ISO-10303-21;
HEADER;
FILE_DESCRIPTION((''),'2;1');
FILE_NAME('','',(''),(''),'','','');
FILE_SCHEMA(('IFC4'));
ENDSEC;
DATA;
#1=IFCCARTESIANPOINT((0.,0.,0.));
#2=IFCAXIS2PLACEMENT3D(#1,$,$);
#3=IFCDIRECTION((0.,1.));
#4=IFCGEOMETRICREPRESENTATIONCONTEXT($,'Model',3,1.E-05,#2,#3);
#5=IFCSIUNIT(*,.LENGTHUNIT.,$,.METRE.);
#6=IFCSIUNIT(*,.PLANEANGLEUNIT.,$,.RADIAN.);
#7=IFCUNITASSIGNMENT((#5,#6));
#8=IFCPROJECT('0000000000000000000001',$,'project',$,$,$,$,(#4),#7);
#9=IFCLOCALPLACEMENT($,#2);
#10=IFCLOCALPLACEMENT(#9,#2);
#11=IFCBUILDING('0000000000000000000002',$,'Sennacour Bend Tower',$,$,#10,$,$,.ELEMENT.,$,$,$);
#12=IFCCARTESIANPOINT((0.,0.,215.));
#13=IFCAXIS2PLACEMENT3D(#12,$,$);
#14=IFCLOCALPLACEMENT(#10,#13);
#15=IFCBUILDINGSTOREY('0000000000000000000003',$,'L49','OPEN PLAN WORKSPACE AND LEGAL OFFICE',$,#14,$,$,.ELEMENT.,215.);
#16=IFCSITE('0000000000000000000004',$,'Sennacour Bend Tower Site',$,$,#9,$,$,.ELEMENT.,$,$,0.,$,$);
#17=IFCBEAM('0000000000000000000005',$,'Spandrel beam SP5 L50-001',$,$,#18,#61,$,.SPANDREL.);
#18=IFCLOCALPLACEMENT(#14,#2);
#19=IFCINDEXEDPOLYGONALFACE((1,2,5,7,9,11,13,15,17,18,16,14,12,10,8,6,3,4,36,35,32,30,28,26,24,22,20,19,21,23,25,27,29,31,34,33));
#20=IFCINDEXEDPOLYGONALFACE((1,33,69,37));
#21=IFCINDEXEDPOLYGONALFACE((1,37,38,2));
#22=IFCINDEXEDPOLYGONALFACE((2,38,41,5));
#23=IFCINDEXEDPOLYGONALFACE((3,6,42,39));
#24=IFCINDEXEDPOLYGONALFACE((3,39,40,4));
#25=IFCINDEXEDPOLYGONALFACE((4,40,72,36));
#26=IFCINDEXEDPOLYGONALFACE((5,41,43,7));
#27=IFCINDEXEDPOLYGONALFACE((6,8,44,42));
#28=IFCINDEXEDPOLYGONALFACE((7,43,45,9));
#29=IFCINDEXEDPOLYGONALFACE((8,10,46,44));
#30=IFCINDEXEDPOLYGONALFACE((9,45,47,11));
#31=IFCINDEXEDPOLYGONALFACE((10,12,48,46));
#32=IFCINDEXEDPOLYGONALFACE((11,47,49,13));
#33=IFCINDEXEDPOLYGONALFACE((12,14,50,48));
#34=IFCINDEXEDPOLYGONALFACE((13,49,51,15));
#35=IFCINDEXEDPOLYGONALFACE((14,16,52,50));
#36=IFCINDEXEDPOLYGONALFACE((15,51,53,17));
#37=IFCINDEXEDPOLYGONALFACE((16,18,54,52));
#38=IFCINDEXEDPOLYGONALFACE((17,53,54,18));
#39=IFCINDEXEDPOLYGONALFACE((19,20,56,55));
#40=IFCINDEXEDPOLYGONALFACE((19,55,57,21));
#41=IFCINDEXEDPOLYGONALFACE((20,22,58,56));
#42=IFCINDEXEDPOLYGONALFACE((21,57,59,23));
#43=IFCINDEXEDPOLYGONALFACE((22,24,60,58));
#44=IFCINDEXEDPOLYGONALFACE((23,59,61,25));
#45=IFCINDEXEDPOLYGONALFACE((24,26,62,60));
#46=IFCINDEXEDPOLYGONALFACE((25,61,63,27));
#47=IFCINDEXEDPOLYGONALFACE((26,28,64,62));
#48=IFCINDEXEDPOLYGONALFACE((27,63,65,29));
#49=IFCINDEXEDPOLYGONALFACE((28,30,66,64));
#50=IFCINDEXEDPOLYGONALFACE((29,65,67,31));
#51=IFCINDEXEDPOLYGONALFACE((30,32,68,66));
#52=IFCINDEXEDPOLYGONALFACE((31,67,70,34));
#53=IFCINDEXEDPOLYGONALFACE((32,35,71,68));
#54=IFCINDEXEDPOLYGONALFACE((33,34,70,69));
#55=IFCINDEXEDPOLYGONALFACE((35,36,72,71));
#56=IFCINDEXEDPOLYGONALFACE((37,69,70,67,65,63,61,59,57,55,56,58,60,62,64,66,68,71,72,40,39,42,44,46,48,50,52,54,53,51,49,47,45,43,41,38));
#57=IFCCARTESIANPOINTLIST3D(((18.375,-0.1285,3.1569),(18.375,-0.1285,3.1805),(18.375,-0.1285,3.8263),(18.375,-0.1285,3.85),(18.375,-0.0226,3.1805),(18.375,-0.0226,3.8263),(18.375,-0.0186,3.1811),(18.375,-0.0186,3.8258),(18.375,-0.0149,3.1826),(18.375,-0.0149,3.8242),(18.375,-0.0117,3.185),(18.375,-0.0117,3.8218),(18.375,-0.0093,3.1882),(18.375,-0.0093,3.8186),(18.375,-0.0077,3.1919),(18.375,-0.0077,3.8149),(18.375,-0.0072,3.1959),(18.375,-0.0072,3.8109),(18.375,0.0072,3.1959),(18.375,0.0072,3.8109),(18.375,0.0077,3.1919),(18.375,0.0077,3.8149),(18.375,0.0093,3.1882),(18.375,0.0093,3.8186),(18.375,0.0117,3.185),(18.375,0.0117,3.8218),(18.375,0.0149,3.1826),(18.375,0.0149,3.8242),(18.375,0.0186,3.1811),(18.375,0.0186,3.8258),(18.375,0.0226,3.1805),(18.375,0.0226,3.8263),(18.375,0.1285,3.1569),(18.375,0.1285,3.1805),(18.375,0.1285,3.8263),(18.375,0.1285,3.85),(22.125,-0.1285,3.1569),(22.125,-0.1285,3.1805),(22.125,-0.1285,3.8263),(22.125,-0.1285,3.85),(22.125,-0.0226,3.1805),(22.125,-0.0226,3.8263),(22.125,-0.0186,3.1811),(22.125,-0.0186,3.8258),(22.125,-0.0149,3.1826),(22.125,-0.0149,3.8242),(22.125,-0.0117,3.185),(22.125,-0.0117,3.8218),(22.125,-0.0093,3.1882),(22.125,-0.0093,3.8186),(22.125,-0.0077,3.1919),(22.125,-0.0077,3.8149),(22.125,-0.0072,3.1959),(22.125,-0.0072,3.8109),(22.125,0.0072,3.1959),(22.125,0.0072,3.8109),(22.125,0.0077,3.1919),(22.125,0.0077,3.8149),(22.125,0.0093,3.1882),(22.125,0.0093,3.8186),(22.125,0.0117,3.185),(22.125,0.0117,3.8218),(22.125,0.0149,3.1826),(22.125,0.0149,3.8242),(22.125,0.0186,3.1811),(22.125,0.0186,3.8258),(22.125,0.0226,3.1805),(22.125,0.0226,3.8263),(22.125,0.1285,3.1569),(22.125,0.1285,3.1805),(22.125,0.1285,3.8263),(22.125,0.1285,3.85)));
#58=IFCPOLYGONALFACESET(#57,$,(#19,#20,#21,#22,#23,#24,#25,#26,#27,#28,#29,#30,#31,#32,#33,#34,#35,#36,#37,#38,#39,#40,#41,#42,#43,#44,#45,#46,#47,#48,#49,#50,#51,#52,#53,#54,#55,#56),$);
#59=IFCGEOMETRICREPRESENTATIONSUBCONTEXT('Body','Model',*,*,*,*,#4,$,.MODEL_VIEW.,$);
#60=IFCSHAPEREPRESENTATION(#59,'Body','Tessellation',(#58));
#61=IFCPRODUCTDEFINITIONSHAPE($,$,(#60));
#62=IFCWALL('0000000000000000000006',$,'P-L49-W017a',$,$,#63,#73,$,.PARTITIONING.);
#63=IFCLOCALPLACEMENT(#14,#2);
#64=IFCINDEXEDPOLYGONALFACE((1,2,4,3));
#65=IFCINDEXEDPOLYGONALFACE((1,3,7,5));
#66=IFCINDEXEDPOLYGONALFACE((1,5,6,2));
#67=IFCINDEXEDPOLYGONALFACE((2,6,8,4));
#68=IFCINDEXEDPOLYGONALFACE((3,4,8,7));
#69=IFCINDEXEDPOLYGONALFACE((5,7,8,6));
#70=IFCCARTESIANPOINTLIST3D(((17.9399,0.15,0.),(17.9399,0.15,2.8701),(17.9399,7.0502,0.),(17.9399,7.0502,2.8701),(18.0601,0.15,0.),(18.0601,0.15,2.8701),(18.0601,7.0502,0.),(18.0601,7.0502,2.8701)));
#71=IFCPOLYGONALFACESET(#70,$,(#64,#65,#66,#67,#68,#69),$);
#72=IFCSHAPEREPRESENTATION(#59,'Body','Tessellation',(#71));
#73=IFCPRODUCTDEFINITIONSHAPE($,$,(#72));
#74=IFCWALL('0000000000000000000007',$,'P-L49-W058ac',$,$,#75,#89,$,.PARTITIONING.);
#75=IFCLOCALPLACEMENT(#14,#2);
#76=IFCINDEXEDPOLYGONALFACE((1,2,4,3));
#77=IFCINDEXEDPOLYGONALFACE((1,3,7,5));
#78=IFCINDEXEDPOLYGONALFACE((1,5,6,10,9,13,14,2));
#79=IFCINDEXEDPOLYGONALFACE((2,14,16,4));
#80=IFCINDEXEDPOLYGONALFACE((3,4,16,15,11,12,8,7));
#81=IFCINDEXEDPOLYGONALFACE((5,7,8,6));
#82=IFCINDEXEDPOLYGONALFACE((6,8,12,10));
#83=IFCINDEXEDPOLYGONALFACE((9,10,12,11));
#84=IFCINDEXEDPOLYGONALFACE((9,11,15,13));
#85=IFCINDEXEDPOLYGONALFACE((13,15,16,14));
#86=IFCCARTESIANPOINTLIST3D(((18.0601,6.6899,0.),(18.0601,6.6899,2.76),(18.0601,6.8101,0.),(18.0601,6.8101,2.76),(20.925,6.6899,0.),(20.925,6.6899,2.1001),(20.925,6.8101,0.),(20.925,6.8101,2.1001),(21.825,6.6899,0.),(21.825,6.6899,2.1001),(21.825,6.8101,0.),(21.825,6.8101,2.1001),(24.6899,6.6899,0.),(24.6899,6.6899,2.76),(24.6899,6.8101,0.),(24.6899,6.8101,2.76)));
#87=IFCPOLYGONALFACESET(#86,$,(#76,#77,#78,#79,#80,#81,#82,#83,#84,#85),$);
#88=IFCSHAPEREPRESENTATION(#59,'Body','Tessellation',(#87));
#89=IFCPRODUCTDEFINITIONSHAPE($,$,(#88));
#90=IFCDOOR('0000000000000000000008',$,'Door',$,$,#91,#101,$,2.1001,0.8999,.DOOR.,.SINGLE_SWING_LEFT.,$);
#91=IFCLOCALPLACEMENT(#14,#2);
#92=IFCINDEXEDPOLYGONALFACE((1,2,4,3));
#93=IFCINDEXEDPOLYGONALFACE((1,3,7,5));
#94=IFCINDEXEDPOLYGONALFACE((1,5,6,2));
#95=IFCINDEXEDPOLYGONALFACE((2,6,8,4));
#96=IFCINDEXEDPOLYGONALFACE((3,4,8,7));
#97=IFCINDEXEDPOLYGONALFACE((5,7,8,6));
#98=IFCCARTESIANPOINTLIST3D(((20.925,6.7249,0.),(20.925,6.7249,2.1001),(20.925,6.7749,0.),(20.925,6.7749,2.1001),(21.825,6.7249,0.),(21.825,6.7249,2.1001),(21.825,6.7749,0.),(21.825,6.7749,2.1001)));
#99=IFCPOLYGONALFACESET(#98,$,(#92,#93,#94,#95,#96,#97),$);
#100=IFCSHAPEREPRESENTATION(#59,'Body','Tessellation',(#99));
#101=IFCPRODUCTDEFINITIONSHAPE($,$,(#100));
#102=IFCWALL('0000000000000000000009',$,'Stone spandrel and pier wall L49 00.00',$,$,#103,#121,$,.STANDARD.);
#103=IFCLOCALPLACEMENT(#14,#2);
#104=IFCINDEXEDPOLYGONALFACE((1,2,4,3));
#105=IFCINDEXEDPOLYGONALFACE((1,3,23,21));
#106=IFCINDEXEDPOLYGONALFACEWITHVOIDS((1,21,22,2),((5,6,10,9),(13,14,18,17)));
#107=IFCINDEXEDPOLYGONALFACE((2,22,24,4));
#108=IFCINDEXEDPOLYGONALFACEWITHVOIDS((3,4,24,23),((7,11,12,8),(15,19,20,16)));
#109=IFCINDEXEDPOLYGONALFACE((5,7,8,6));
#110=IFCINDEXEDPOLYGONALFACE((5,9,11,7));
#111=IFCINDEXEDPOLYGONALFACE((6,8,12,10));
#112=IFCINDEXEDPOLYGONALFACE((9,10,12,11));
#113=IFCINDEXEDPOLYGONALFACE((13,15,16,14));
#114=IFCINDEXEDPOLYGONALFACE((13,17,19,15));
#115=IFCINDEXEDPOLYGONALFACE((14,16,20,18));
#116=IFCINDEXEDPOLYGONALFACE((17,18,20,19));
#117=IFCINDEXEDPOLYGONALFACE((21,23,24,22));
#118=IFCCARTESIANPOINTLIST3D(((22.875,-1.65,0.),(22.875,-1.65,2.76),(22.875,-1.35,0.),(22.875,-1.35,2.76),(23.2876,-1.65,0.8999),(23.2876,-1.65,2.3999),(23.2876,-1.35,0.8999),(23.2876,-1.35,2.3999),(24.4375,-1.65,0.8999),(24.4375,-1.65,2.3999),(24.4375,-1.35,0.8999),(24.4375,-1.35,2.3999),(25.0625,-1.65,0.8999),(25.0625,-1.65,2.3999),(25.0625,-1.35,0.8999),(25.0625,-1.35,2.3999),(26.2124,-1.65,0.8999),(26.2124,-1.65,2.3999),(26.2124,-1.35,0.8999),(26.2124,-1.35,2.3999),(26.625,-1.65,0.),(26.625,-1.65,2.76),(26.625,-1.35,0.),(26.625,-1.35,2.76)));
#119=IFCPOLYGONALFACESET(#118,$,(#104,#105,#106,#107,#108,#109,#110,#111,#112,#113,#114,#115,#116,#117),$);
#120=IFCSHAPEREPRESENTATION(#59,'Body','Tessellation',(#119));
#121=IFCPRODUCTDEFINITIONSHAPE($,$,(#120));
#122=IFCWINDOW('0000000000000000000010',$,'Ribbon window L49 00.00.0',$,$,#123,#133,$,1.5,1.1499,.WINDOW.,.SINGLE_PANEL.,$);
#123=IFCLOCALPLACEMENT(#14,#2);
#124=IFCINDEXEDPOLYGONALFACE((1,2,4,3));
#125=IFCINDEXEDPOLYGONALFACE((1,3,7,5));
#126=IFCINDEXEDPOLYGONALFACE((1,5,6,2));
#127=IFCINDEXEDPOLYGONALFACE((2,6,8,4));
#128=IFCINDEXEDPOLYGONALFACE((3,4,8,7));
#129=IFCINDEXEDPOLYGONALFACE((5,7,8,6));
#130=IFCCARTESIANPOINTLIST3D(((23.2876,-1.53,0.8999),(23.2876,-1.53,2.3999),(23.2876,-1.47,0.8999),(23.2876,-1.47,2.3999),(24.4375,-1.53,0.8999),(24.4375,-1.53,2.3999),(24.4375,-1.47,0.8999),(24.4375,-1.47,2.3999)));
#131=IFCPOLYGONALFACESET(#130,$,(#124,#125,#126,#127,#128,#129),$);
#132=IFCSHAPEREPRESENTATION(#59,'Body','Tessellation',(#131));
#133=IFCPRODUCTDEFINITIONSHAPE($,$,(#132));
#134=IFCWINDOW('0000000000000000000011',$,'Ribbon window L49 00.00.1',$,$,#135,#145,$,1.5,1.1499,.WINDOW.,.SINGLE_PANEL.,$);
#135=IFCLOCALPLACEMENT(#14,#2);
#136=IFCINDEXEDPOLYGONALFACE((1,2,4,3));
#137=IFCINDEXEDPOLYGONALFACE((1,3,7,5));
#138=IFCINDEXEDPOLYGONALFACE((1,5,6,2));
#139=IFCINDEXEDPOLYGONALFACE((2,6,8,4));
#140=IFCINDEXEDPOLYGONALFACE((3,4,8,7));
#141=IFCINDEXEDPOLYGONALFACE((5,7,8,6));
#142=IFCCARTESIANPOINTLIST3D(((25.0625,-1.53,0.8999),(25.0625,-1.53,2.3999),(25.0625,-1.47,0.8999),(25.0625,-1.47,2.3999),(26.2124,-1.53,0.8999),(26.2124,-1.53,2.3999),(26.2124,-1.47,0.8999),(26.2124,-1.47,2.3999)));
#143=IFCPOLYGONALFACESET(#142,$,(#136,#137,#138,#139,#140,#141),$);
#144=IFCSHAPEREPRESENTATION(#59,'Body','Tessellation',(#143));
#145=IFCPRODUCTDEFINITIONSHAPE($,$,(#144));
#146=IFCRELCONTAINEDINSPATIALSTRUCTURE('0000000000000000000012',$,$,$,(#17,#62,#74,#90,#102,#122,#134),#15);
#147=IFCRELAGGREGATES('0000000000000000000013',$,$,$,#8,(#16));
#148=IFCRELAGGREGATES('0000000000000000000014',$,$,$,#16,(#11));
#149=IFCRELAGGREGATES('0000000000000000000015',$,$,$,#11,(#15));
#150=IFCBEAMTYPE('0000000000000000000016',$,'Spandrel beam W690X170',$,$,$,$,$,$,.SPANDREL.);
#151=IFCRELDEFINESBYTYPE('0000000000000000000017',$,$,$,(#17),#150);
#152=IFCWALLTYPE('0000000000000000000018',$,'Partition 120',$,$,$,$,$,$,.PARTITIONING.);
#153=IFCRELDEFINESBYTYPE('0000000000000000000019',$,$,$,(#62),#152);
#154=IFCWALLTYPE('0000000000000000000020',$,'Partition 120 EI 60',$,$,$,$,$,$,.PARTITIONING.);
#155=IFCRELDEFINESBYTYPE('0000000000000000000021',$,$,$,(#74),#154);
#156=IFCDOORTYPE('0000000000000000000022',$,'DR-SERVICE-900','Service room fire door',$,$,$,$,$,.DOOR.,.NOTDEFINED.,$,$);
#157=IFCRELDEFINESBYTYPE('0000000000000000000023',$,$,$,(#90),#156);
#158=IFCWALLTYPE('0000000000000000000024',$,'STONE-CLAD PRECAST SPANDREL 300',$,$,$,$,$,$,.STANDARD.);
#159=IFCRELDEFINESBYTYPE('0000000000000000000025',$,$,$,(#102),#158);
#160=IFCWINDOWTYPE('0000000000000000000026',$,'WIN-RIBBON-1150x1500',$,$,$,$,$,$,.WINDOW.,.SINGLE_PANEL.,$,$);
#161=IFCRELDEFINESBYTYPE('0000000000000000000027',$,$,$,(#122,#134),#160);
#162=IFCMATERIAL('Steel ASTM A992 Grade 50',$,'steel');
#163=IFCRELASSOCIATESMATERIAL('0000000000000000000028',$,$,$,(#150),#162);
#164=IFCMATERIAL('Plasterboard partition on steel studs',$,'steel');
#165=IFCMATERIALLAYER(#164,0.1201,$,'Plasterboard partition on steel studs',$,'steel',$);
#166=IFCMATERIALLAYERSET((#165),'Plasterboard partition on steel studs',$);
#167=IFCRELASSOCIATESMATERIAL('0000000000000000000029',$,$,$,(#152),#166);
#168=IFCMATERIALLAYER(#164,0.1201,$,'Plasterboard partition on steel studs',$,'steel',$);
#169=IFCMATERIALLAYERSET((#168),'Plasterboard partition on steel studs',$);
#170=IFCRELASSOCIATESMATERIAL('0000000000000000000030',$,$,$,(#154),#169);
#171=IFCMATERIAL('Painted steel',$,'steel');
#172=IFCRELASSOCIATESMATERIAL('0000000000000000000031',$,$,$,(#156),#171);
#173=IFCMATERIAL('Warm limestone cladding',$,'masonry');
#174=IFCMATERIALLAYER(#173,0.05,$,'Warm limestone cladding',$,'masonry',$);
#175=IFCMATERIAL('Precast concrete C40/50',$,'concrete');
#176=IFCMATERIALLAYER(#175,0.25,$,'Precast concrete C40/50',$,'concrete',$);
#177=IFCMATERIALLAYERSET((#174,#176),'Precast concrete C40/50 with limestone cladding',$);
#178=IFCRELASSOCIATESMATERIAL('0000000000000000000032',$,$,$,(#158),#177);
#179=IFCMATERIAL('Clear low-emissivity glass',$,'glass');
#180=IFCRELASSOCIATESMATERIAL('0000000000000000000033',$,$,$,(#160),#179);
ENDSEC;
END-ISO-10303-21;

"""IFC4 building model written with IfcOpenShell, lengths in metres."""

from ifc_helpers import new_model, si_unit, direction, frame, frame_2d, origin, origin_2d, place, context, subcontext, project, spatial, rectangle, i_section, extrude, material, layer, layer_set, material_profile, profile_set, type_object, element, fill, save


model = new_model("IFC4")

# Units and contexts
model_context = context("Model", 3, precision=1e-05, world=origin(), true_north=direction((0.0, 1.0)))
body_context = subcontext(model_context, "Body", "Model", "MODEL_VIEW")
ifc_project = project(units=[si_unit("LENGTHUNIT", "METRE"), si_unit("PLANEANGLEUNIT", "RADIAN")], contexts=[model_context])

# Site, building, storey
site_placement = place(None, origin())
site = spatial("IfcSite", under=ifc_project, at=site_placement, Name="Sennacour Bend Tower Site", CompositionType="ELEMENT", RefElevation=0.0)
building_placement = place(site_placement, origin())
building = spatial("IfcBuilding", under=site, at=building_placement, Name="Sennacour Bend Tower", CompositionType="ELEMENT")
storey_placement = place(building_placement, frame((0.0, 0.0, 215.0)))
storey = spatial("IfcBuildingStorey", under=building, at=storey_placement, Name="L49", Description="OPEN PLAN WORKSPACE AND LEGAL OFFICE", CompositionType="ELEMENT", Elevation=215.0)

# Beam
ifc_material_1 = material(Name="Steel ASTM A992 Grade 50", Category="steel")
ifc_material_profile_1 = material_profile(ifc_material_1, i_section(OverallWidth=0.2571, OverallDepth=0.6931, WebThickness=0.0144, FlangeThickness=0.0237, FilletRadius=0.0154, at=origin_2d()), Name="Steel ASTM A992 Grade 50", Category="steel")
ifc_profile_set_1 = profile_set([ifc_material_profile_1], Name="Steel ASTM A992 Grade 50")
beam_type_1 = type_object("IfcBeamType", Name="Spandrel beam W690X170", PredefinedType="SPANDREL", material=ifc_profile_set_1)
beam_1_placement = place(storey_placement, frame((22.125, 0.0, 3.5034), z_axis=(-1.0, 0.0, 0.0), x_axis=(0.0, -1.0, 0.0)))
element("IfcBeam", 1, at=beam_1_placement, inside=storey, type_object=beam_type_1, Name="Spandrel beam SP5 L50-001", PredefinedType="SPANDREL", context=body_context, shape_type="SweptSolid", body=[
    extrude(i_section(OverallWidth=0.2571, OverallDepth=0.6931, WebThickness=0.0144, FlangeThickness=0.0237, FilletRadius=0.0154, at=origin_2d()), origin(), (0.0, 0.0, 1.0), 3.75),
])

# Wall
ifc_material_2 = material(Name="Plasterboard partition on steel studs", Category="steel")
ifc_layer_1 = layer(ifc_material_2, 0.1201, Name="Plasterboard partition on steel studs", Category="steel")
ifc_layer_set_1 = layer_set([ifc_layer_1], Name="Plasterboard partition on steel studs")
wall_type_1 = type_object("IfcWallType", Name="Partition 120", PredefinedType="PARTITIONING", material=ifc_layer_set_1)
wall_1_placement = place(storey_placement, frame((18.0, 0.1499, 0.0), z_axis=(0.0, 0.0, 1.0), x_axis=(0.0, 1.0, 0.0)))
element("IfcWall", 2, at=wall_1_placement, inside=storey, type_object=wall_type_1, Name="P-L49-W017a", PredefinedType="PARTITIONING", context=body_context, shape_type="SweptSolid", body=[
    extrude(rectangle(XDim=6.9001, YDim=0.1201, at=frame_2d((3.4502, 0.0))), origin(), (0.0, 0.0, 1.0), 2.8701),
])

# Wall, opening, door
ifc_layer_2 = layer(ifc_material_2, 0.1201, Name="Plasterboard partition on steel studs", Category="steel")
ifc_layer_set_2 = layer_set([ifc_layer_2], Name="Plasterboard partition on steel studs")
wall_type_2 = type_object("IfcWallType", Name="Partition 120 EI 60", PredefinedType="PARTITIONING", material=ifc_layer_set_2)
wall_2_placement = place(storey_placement, frame((18.0601, 6.75, 0.0), z_axis=(0.0, 0.0, 1.0), x_axis=(1.0, 0.0, 0.0)))
wall_2 = element("IfcWall", 3, at=wall_2_placement, inside=storey, type_object=wall_type_2, Name="P-L49-W058ac", PredefinedType="PARTITIONING", context=body_context, shape_type="SweptSolid", body=[
    extrude(rectangle(XDim=6.6299, YDim=0.1201, at=frame_2d((3.3149, 0.0))), origin(), (0.0, 0.0, 1.0), 2.76),
])
opening_1_placement = place(wall_2_placement, frame((2.865, 0.0, 0.0)))
opening_1 = element("IfcOpeningElement", 4, at=opening_1_placement, cuts=wall_2, PredefinedType="OPENING", context=body_context, shape_type="SweptSolid", body=[
    extrude(rectangle(XDim=0.8999, YDim=2.1001, at=frame_2d((0.45, 1.05))), frame((0.0, 0.0701, 0.0), z_axis=(0.0, -1.0, 0.0), x_axis=(1.0, 0.0, 0.0)), (0.0, 0.0, 1.0), 0.1401),
])
ifc_material_3 = material(Name="Painted steel", Category="steel")
door_type = type_object("IfcDoorType", Name="DR-SERVICE-900", Description="Service room fire door", OperationType="NOTDEFINED", PredefinedType="DOOR", material=ifc_material_3)
door_placement = place(opening_1_placement, origin())
door = element("IfcDoor", 5, at=door_placement, inside=storey, type_object=door_type, Name="Door", OperationType="SINGLE_SWING_LEFT", OverallHeight=2.1001, OverallWidth=0.8999, PredefinedType="DOOR", context=body_context, shape_type="SweptSolid", body=[
    extrude(rectangle(XDim=0.8999, YDim=2.1001, at=frame_2d((0.45, 1.05))), frame((0.0, 0.0249, 0.0), z_axis=(0.0, -1.0, 0.0), x_axis=(1.0, 0.0, 0.0)), (0.0, 0.0, 1.0), 0.05),
])
fill(opening_1, door)

# Wall, openings, windows
ifc_material_4 = material(Name="Warm limestone cladding", Category="masonry")
ifc_layer_3 = layer(ifc_material_4, 0.05, Name="Warm limestone cladding", Category="masonry")
ifc_material_5 = material(Name="Precast concrete C40/50", Category="concrete")
ifc_layer_4 = layer(ifc_material_5, 0.25, Name="Precast concrete C40/50", Category="concrete")
ifc_layer_set_3 = layer_set([ifc_layer_3, ifc_layer_4], Name="Precast concrete C40/50 with limestone cladding")
wall_type_3 = type_object("IfcWallType", Name="STONE-CLAD PRECAST SPANDREL 300", PredefinedType="STANDARD", material=ifc_layer_set_3)
wall_3_placement = place(storey_placement, frame((22.875, -1.5, 0.0), z_axis=(0.0, 0.0, 1.0), x_axis=(1.0, 0.0, 0.0)))
wall_3 = element("IfcWall", 6, at=wall_3_placement, inside=storey, type_object=wall_type_3, Name="Stone spandrel and pier wall L49 00.00", PredefinedType="STANDARD", context=body_context, shape_type="SweptSolid", body=[
    extrude(rectangle(XDim=3.75, YDim=0.3, at=frame_2d((1.875, 0.0))), origin(), (0.0, 0.0, 1.0), 2.76),
])
opening_2_placement = place(wall_3_placement, frame((0.4126, 0.0, 0.8999)))
opening_2 = element("IfcOpeningElement", 7, at=opening_2_placement, cuts=wall_3, PredefinedType="OPENING", context=body_context, shape_type="SweptSolid", body=[
    extrude(rectangle(XDim=1.1499, YDim=1.5, at=frame_2d((0.575, 0.75))), frame((0.0, 0.1602, 0.0), z_axis=(0.0, -1.0, 0.0), x_axis=(1.0, 0.0, 0.0)), (0.0, 0.0, 1.0), 0.3201),
])
opening_3_placement = place(wall_3_placement, frame((2.1875, 0.0, 0.8999)))
opening_3 = element("IfcOpeningElement", 8, at=opening_3_placement, cuts=wall_3, PredefinedType="OPENING", context=body_context, shape_type="SweptSolid", body=[
    extrude(rectangle(XDim=1.1499, YDim=1.5, at=frame_2d((0.575, 0.75))), frame((0.0, 0.1602, 0.0), z_axis=(0.0, -1.0, 0.0), x_axis=(1.0, 0.0, 0.0)), (0.0, 0.0, 1.0), 0.3201),
])
ifc_material_6 = material(Name="Clear low-emissivity glass", Category="glass")
window_type_1 = type_object("IfcWindowType", Name="WIN-RIBBON-1150x1500", PartitioningType="SINGLE_PANEL", PredefinedType="WINDOW", material=ifc_material_6)
window_1_placement = place(opening_2_placement, origin())
window_1 = element("IfcWindow", 9, at=window_1_placement, inside=storey, type_object=window_type_1, Name="Ribbon window L49 00.00.0", OverallHeight=1.5, OverallWidth=1.1499, PartitioningType="SINGLE_PANEL", PredefinedType="WINDOW", context=body_context, shape_type="SweptSolid", body=[
    extrude(rectangle(XDim=1.1499, YDim=1.5, at=frame_2d((0.575, 0.75))), frame((0.0, 0.03, 0.0), z_axis=(0.0, -1.0, 0.0), x_axis=(1.0, 0.0, 0.0)), (0.0, 0.0, 1.0), 0.0601),
])
fill(opening_2, window_1)
window_2_placement = place(opening_3_placement, origin())
window_2 = element("IfcWindow", 10, at=window_2_placement, inside=storey, type_object=window_type_1, Name="Ribbon window L49 00.00.1", OverallHeight=1.5, OverallWidth=1.1499, PartitioningType="SINGLE_PANEL", PredefinedType="WINDOW", context=body_context, shape_type="SweptSolid", body=[
    extrude(rectangle(XDim=1.1499, YDim=1.5, at=frame_2d((0.575, 0.75))), frame((0.0, 0.03, 0.0), z_axis=(0.0, -1.0, 0.0), x_axis=(1.0, 0.0, 0.0)), (0.0, 0.0, 1.0), 0.0601),
])
fill(opening_3, window_2)

save(model, "model.ifc")
